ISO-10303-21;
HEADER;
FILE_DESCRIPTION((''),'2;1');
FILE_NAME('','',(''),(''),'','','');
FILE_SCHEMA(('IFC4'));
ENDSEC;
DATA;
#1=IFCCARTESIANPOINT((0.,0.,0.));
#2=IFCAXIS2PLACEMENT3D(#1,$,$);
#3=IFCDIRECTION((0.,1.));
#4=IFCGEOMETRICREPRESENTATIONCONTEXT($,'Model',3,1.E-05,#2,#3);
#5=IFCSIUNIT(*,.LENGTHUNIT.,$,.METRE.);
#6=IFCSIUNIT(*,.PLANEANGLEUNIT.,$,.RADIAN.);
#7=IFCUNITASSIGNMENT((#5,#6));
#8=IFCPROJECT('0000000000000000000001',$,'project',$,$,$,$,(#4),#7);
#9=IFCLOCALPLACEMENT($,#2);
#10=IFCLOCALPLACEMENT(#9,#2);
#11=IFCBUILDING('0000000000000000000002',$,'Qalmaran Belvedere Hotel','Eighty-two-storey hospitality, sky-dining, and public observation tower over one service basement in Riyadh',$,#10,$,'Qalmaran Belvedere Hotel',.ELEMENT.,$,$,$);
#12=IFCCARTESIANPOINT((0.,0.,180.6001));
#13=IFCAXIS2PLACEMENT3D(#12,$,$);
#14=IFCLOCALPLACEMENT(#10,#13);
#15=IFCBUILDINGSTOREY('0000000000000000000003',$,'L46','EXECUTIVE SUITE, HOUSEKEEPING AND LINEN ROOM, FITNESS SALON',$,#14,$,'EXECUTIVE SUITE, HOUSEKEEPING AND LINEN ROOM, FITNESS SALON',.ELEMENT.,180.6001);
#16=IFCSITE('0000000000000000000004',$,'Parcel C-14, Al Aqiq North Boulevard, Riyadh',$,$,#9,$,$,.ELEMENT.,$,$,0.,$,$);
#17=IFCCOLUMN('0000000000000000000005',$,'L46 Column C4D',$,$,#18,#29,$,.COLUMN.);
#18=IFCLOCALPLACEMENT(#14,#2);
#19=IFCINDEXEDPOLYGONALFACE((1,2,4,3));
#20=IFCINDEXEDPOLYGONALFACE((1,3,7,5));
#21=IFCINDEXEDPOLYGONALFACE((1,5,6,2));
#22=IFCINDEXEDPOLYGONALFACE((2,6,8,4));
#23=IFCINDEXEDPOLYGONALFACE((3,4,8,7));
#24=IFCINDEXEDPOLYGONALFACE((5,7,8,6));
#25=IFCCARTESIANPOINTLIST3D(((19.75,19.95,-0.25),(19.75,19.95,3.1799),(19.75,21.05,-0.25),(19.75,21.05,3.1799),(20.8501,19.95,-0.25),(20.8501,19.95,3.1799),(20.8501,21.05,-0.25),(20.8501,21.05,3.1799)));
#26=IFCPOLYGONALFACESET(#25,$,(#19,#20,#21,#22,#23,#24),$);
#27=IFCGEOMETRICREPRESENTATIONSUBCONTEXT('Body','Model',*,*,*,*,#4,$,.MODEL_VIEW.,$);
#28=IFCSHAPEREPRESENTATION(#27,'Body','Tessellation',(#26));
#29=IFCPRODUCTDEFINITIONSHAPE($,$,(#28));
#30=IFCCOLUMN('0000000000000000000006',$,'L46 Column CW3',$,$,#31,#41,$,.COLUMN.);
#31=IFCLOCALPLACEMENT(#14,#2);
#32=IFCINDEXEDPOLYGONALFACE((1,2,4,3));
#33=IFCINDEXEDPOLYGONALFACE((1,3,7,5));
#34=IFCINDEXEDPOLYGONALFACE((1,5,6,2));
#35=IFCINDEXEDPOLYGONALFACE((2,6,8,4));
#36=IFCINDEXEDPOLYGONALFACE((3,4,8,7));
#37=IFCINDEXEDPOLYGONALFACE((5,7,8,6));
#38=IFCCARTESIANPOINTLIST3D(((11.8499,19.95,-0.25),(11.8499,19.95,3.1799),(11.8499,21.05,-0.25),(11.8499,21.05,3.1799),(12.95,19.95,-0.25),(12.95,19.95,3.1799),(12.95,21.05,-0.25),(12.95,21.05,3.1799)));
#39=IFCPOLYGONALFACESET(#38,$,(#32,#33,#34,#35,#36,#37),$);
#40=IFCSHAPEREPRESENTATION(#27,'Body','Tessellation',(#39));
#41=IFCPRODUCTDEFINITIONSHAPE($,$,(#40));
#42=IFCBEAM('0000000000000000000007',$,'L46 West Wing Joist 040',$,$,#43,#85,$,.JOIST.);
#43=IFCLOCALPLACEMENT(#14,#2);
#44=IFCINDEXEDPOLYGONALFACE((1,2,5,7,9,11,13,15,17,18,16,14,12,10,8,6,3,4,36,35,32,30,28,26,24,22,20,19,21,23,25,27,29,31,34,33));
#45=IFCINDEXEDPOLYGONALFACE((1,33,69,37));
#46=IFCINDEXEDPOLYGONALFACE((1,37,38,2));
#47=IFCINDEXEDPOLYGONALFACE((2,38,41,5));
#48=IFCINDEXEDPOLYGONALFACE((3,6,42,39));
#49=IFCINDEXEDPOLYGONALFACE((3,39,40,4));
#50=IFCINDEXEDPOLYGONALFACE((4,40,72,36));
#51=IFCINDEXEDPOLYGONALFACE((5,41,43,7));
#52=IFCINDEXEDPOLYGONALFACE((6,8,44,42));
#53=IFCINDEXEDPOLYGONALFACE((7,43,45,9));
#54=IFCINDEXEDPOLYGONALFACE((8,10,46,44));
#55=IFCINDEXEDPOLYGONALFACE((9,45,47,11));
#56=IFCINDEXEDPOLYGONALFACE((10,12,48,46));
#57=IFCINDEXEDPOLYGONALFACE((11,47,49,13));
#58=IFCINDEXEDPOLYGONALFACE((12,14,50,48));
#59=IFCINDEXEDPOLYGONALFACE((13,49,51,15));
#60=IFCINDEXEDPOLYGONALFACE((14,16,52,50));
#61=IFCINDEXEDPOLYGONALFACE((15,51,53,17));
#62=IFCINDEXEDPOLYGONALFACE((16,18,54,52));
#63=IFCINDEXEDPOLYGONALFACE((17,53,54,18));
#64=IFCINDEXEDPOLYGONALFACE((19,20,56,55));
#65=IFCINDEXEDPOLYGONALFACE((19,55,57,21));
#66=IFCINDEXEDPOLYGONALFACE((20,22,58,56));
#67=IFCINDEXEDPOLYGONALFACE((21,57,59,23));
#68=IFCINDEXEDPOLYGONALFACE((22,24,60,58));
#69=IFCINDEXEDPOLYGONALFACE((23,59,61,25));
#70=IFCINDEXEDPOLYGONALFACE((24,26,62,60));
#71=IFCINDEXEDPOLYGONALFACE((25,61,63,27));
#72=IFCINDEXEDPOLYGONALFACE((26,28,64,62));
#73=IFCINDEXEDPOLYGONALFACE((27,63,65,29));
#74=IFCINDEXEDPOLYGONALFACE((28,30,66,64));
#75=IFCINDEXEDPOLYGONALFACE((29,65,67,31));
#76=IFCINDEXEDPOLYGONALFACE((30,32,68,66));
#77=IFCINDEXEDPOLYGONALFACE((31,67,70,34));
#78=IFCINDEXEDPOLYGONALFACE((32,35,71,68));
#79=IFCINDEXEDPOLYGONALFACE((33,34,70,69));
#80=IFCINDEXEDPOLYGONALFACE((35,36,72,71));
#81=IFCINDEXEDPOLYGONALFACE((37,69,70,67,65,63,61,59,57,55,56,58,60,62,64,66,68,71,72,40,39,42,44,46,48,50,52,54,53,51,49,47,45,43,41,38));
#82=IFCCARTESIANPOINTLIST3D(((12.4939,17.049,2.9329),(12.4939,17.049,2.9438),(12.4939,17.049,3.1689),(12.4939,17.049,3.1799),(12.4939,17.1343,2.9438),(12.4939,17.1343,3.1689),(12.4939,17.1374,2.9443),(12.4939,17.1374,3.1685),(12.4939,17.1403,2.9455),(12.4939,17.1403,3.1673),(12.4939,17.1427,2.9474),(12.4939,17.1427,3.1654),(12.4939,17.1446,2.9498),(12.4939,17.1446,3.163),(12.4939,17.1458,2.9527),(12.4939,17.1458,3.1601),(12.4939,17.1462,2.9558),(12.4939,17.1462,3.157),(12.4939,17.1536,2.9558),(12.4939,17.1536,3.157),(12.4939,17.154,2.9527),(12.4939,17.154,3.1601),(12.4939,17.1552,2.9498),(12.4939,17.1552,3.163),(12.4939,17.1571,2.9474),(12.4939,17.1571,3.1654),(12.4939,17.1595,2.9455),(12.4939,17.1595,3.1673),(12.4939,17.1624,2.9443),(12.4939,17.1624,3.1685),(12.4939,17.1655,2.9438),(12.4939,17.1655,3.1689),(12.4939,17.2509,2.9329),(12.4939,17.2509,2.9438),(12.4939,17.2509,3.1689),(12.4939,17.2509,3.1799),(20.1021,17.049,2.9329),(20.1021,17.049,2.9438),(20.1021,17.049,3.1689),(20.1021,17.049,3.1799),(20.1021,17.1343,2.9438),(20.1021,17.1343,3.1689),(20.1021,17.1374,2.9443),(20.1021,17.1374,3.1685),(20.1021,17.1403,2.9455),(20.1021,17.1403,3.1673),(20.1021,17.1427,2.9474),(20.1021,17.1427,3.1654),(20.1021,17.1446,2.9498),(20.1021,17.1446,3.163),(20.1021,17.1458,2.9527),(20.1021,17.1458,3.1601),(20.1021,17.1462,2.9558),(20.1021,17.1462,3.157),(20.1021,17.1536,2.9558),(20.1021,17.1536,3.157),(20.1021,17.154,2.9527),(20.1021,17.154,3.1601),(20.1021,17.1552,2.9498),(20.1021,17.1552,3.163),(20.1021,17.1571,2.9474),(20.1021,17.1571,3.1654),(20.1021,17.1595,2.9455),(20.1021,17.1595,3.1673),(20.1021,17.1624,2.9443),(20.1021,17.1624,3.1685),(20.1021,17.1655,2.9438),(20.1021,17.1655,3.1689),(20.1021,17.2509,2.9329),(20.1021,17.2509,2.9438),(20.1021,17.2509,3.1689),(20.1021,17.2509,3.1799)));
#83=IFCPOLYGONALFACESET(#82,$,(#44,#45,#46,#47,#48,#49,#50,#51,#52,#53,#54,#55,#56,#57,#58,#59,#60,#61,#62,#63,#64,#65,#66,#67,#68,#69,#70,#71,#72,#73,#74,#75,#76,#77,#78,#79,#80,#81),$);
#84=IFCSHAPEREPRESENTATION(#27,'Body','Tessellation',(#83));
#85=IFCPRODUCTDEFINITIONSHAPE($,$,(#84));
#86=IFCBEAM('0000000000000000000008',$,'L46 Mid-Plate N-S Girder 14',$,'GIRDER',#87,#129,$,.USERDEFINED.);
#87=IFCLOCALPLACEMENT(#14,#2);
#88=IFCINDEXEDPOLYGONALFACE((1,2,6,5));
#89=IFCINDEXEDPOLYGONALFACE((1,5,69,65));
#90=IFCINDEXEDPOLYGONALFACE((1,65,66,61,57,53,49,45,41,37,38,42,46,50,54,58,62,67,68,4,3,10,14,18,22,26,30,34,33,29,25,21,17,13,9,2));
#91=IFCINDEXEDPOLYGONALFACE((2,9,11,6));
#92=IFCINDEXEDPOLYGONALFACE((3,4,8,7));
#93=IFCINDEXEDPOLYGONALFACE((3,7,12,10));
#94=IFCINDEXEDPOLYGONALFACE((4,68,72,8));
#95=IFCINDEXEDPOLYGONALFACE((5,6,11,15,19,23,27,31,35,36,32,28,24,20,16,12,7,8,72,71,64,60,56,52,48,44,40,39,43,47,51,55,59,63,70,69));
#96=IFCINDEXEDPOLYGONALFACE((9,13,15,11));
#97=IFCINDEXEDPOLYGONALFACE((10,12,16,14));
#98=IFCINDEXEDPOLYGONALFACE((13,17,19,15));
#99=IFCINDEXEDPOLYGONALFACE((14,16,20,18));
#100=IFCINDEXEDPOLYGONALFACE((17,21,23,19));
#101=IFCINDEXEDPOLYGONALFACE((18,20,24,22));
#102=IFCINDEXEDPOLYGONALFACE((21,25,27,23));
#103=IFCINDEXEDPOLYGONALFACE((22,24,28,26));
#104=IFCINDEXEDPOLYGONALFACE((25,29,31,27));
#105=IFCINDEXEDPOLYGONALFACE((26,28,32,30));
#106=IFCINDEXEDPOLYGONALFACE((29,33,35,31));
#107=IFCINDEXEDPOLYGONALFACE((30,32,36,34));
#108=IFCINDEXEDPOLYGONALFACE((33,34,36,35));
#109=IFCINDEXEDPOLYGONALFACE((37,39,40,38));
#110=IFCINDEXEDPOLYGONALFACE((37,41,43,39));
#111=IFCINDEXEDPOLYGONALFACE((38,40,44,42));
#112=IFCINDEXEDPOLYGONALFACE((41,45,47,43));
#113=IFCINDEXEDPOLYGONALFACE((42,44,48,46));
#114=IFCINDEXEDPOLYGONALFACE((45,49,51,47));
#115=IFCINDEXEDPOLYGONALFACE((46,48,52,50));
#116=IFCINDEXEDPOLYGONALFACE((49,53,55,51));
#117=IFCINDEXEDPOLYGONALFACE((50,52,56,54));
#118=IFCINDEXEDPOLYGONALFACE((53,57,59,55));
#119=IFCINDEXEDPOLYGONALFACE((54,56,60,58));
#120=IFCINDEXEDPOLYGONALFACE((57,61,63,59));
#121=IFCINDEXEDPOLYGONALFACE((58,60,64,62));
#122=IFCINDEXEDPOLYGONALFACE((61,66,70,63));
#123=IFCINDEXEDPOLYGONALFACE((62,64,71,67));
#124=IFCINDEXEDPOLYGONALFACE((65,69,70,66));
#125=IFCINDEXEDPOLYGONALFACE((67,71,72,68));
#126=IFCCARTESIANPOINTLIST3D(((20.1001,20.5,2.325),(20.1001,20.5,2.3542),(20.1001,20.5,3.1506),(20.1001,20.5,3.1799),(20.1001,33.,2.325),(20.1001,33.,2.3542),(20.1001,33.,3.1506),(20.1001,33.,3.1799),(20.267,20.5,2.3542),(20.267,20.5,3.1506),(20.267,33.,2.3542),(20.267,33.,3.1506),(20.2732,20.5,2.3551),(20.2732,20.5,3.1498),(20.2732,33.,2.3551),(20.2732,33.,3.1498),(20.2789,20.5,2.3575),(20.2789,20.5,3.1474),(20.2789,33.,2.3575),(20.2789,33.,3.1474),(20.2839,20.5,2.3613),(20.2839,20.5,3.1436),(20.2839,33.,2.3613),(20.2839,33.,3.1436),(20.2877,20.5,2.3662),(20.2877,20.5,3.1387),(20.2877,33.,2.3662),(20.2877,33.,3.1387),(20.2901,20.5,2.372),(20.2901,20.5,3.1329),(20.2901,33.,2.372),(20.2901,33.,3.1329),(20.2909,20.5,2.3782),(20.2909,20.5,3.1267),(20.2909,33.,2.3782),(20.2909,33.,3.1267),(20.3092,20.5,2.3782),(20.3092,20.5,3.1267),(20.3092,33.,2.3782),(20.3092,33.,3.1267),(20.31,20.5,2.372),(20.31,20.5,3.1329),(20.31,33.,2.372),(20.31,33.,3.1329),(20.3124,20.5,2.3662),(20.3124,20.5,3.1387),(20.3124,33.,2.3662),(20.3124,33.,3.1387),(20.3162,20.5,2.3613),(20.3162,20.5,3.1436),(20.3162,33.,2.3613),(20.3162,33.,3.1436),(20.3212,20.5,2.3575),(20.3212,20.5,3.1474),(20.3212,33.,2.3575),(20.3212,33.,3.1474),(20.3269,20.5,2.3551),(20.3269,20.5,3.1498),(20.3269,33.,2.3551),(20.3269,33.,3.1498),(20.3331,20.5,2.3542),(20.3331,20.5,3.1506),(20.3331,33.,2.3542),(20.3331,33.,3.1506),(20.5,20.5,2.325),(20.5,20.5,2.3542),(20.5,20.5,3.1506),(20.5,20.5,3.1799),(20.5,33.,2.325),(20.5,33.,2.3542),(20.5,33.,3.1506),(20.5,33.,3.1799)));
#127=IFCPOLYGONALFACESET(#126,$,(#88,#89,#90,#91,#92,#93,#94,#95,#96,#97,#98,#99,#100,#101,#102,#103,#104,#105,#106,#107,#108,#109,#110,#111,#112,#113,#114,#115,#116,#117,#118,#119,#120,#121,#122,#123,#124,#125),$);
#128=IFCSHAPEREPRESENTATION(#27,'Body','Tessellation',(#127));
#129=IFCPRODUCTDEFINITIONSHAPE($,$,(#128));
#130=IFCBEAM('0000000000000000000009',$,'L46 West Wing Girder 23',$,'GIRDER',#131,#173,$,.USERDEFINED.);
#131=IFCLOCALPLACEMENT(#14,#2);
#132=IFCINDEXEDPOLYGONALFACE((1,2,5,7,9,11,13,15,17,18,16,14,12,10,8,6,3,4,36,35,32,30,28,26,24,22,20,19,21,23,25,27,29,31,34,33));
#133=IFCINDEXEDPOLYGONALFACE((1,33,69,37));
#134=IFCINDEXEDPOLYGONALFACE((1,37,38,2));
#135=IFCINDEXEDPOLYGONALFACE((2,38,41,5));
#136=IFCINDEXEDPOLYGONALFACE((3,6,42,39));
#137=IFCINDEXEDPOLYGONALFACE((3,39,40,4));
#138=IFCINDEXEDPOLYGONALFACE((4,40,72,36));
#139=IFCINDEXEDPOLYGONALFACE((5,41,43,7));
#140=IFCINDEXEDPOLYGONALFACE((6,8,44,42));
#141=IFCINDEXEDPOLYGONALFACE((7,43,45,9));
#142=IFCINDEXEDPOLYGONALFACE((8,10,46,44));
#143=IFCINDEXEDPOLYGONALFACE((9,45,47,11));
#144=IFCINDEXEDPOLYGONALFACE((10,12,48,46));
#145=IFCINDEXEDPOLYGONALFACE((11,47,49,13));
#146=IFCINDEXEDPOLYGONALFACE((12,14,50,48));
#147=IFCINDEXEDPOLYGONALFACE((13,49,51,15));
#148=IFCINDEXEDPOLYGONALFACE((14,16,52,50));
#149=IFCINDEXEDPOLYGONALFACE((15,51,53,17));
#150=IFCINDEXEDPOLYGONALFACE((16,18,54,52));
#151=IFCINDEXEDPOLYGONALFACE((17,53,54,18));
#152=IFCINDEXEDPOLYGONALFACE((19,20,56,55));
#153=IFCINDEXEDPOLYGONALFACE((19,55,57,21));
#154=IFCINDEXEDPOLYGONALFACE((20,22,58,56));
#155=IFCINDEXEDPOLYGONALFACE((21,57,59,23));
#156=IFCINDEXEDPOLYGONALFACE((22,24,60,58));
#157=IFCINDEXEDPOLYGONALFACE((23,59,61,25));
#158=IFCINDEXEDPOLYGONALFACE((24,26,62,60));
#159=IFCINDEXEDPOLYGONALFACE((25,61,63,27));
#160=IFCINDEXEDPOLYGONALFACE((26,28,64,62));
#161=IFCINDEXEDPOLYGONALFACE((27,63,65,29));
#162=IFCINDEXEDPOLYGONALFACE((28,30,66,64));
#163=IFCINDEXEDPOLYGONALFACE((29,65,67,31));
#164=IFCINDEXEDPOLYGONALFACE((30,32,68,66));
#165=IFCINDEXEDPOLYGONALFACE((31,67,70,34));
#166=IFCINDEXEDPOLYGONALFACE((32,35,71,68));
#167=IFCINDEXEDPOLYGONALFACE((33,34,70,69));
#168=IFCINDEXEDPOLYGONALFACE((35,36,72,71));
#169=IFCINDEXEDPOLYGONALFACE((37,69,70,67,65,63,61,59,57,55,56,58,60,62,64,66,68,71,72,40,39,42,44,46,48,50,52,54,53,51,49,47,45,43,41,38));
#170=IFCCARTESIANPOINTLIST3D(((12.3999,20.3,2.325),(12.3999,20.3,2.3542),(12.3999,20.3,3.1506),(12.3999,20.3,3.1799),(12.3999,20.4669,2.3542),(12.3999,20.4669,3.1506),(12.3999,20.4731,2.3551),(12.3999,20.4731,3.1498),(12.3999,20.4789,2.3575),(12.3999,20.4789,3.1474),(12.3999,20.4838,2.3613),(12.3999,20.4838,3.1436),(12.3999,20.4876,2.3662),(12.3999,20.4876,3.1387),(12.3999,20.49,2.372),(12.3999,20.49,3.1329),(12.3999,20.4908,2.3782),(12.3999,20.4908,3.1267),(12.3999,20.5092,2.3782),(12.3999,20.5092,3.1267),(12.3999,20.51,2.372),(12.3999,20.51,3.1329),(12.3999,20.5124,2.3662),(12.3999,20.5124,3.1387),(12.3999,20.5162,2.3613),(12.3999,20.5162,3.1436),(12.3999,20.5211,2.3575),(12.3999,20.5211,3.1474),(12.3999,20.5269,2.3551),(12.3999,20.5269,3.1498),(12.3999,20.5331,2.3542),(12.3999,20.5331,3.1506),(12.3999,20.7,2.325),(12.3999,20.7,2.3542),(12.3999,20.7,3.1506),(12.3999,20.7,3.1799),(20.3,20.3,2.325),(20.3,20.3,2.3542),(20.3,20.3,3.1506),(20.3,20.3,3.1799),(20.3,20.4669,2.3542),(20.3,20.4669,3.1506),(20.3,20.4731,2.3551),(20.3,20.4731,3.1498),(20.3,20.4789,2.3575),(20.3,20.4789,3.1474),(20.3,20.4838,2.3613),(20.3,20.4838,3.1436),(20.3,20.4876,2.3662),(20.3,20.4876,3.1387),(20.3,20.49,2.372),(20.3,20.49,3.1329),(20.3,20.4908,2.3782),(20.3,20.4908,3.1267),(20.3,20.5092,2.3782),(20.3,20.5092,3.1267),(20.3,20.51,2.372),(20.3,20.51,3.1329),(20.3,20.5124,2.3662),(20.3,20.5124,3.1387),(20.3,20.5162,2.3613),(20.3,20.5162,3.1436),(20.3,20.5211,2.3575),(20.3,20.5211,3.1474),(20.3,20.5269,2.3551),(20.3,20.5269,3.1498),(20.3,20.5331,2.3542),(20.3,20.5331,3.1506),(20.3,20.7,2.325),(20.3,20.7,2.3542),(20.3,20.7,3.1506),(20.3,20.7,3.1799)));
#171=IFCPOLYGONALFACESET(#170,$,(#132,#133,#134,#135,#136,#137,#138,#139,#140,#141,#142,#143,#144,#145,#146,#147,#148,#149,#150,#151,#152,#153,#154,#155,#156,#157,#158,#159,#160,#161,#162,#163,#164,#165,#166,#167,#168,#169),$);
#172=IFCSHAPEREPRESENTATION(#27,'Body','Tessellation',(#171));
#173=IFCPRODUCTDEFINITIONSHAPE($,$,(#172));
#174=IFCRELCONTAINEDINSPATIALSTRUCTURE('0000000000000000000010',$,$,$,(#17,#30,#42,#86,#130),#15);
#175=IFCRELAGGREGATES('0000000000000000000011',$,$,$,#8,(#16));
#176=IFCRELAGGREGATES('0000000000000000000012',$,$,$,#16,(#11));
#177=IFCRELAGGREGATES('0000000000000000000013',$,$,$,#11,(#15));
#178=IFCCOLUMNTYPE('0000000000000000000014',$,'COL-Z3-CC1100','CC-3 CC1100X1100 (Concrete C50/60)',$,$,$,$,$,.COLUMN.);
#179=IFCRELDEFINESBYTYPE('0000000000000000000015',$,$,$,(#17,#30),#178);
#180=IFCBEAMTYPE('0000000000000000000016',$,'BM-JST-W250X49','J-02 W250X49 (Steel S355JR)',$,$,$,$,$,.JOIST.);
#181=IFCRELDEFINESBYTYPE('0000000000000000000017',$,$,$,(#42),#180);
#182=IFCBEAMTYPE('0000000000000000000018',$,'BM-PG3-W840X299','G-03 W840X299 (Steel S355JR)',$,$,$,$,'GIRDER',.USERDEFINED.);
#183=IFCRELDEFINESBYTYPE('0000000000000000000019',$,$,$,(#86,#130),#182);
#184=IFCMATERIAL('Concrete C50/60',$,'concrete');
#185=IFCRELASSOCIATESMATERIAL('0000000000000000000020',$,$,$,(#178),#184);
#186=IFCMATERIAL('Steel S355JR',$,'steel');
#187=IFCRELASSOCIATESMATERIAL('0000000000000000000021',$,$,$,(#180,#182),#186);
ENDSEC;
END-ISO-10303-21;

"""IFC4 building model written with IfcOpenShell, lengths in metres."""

from ifc_helpers import new_model, si_unit, direction, frame, origin, origin_2d, place, context, subcontext, project, spatial, rectangle, i_section, extrude, material, material_profile, profile_set, type_object, element, save


model = new_model("IFC4")

# Units and contexts
model_context = context("Model", 3, precision=1e-05, world=origin(), true_north=direction((0.0, 1.0)))
body_context = subcontext(model_context, "Body", "Model", "MODEL_VIEW")
ifc_project = project(units=[si_unit("LENGTHUNIT", "METRE"), si_unit("PLANEANGLEUNIT", "RADIAN")], contexts=[model_context])

# Site, building, storey
site_placement = place(None, origin())
site = spatial("IfcSite", under=ifc_project, at=site_placement, Name="Parcel C-14, Al Aqiq North Boulevard, Riyadh", CompositionType="ELEMENT", RefElevation=0.0)
building_placement = place(site_placement, origin())
building = spatial("IfcBuilding", under=site, at=building_placement, Name="Qalmaran Belvedere Hotel", Description="Eighty-two-storey hospitality, sky-dining, and public observation tower over one service basement in Riyadh", LongName="Qalmaran Belvedere Hotel", CompositionType="ELEMENT")
storey_placement = place(building_placement, frame((0.0, 0.0, 180.6001)))
storey = spatial("IfcBuildingStorey", under=building, at=storey_placement, Name="L46", Description="EXECUTIVE SUITE, HOUSEKEEPING AND LINEN ROOM, FITNESS SALON", LongName="EXECUTIVE SUITE, HOUSEKEEPING AND LINEN ROOM, FITNESS SALON", CompositionType="ELEMENT", Elevation=180.6001)

# Columns
ifc_material_1 = material(Name="Concrete C50/60", Category="concrete")
ifc_material_profile_1 = material_profile(ifc_material_1, rectangle(XDim=1.1001, YDim=1.1001, at=origin_2d()), Name="CC1100X1100")
ifc_profile_set_1 = profile_set([ifc_material_profile_1], Name="Concrete C50/60")
column_type = type_object("IfcColumnType", Name="COL-Z3-CC1100", Description="CC-3 CC1100X1100 (Concrete C50/60)", PredefinedType="COLUMN", material=ifc_profile_set_1)
for number, where, z_axis, x_axis, name in (
    (1, (20.3, 20.5, -0.25), (0.0, 0.0, 1.0), (1.0, 0.0, 0.0), "L46 Column C4D"),
    (2, (12.3999, 20.5, -0.25), (0.0, 0.0, 1.0), (1.0, 0.0, 0.0), "L46 Column CW3"),
):
    element("IfcColumn", number, at=place(storey_placement, frame(where, z_axis=z_axis, x_axis=x_axis)), inside=storey, type_object=column_type, Name=name, PredefinedType="COLUMN", context=body_context, shape_type="SweptSolid", body=[
        extrude(rectangle(XDim=1.1001, YDim=1.1001, at=origin_2d()), origin(), (0.0, 0.0, 1.0), 3.4299),
    ])

# Beams
ifc_material_2 = material(Name="Steel S355JR", Category="steel")
ifc_material_profile_2 = material_profile(ifc_material_2, i_section(OverallWidth=0.2019, OverallDepth=0.2471, WebThickness=0.0073, FlangeThickness=0.011, FilletRadius=0.012, at=origin_2d()), Name="W250X49")
ifc_profile_set_2 = profile_set([ifc_material_profile_2], Name="Steel S355JR")
beam_type_1 = type_object("IfcBeamType", Name="BM-JST-W250X49", Description="J-02 W250X49 (Steel S355JR)", PredefinedType="JOIST", material=ifc_profile_set_2)
beam_1_placement = place(storey_placement, frame((12.4939, 17.1499, 3.0564), z_axis=(1.0, 0.0, 0.0), x_axis=(0.0, 1.0, 0.0)))
element("IfcBeam", 3, at=beam_1_placement, inside=storey, type_object=beam_type_1, Name="L46 West Wing Joist 040", PredefinedType="JOIST", context=body_context, shape_type="SweptSolid", body=[
    extrude(i_section(OverallWidth=0.2019, OverallDepth=0.2471, WebThickness=0.0073, FlangeThickness=0.011, FilletRadius=0.012, at=origin_2d()), origin(), (0.0, 0.0, 1.0), 7.6082),
])
ifc_material_profile_3 = material_profile(ifc_material_2, i_section(OverallWidth=0.3999, OverallDepth=0.855, WebThickness=0.0183, FlangeThickness=0.0293, FilletRadius=0.0239, at=origin_2d()), Name="W840X299")
ifc_profile_set_3 = profile_set([ifc_material_profile_3], Name="Steel S355JR")
beam_type_2 = type_object("IfcBeamType", Name="BM-PG3-W840X299", Description="G-03 W840X299 (Steel S355JR)", ElementType="GIRDER", PredefinedType="USERDEFINED", material=ifc_profile_set_3)
beam_2_placement = place(storey_placement, frame((20.3, 20.5, 2.7524), z_axis=(0.0, 1.0, 0.0), x_axis=(-1.0, 0.0, 0.0)))
element("IfcBeam", 4, at=beam_2_placement, inside=storey, type_object=beam_type_2, Name="L46 Mid-Plate N-S Girder 14", ObjectType="GIRDER", PredefinedType="USERDEFINED", context=body_context, shape_type="SweptSolid", body=[
    extrude(i_section(OverallWidth=0.3999, OverallDepth=0.855, WebThickness=0.0183, FlangeThickness=0.0293, FilletRadius=0.0239, at=origin_2d()), origin(), (0.0, 0.0, 1.0), 12.5),
])
beam_3_placement = place(storey_placement, frame((12.3999, 20.5, 2.7524), z_axis=(1.0, 0.0, 0.0), x_axis=(0.0, 1.0, 0.0)))
element("IfcBeam", 5, at=beam_3_placement, inside=storey, type_object=beam_type_2, Name="L46 West Wing Girder 23", ObjectType="GIRDER", PredefinedType="USERDEFINED", context=body_context, shape_type="SweptSolid", body=[
    extrude(i_section(OverallWidth=0.3999, OverallDepth=0.855, WebThickness=0.0183, FlangeThickness=0.0293, FilletRadius=0.0239, at=origin_2d()), origin(), (0.0, 0.0, 1.0), 7.9001),
])

save(model, "model.ifc")
